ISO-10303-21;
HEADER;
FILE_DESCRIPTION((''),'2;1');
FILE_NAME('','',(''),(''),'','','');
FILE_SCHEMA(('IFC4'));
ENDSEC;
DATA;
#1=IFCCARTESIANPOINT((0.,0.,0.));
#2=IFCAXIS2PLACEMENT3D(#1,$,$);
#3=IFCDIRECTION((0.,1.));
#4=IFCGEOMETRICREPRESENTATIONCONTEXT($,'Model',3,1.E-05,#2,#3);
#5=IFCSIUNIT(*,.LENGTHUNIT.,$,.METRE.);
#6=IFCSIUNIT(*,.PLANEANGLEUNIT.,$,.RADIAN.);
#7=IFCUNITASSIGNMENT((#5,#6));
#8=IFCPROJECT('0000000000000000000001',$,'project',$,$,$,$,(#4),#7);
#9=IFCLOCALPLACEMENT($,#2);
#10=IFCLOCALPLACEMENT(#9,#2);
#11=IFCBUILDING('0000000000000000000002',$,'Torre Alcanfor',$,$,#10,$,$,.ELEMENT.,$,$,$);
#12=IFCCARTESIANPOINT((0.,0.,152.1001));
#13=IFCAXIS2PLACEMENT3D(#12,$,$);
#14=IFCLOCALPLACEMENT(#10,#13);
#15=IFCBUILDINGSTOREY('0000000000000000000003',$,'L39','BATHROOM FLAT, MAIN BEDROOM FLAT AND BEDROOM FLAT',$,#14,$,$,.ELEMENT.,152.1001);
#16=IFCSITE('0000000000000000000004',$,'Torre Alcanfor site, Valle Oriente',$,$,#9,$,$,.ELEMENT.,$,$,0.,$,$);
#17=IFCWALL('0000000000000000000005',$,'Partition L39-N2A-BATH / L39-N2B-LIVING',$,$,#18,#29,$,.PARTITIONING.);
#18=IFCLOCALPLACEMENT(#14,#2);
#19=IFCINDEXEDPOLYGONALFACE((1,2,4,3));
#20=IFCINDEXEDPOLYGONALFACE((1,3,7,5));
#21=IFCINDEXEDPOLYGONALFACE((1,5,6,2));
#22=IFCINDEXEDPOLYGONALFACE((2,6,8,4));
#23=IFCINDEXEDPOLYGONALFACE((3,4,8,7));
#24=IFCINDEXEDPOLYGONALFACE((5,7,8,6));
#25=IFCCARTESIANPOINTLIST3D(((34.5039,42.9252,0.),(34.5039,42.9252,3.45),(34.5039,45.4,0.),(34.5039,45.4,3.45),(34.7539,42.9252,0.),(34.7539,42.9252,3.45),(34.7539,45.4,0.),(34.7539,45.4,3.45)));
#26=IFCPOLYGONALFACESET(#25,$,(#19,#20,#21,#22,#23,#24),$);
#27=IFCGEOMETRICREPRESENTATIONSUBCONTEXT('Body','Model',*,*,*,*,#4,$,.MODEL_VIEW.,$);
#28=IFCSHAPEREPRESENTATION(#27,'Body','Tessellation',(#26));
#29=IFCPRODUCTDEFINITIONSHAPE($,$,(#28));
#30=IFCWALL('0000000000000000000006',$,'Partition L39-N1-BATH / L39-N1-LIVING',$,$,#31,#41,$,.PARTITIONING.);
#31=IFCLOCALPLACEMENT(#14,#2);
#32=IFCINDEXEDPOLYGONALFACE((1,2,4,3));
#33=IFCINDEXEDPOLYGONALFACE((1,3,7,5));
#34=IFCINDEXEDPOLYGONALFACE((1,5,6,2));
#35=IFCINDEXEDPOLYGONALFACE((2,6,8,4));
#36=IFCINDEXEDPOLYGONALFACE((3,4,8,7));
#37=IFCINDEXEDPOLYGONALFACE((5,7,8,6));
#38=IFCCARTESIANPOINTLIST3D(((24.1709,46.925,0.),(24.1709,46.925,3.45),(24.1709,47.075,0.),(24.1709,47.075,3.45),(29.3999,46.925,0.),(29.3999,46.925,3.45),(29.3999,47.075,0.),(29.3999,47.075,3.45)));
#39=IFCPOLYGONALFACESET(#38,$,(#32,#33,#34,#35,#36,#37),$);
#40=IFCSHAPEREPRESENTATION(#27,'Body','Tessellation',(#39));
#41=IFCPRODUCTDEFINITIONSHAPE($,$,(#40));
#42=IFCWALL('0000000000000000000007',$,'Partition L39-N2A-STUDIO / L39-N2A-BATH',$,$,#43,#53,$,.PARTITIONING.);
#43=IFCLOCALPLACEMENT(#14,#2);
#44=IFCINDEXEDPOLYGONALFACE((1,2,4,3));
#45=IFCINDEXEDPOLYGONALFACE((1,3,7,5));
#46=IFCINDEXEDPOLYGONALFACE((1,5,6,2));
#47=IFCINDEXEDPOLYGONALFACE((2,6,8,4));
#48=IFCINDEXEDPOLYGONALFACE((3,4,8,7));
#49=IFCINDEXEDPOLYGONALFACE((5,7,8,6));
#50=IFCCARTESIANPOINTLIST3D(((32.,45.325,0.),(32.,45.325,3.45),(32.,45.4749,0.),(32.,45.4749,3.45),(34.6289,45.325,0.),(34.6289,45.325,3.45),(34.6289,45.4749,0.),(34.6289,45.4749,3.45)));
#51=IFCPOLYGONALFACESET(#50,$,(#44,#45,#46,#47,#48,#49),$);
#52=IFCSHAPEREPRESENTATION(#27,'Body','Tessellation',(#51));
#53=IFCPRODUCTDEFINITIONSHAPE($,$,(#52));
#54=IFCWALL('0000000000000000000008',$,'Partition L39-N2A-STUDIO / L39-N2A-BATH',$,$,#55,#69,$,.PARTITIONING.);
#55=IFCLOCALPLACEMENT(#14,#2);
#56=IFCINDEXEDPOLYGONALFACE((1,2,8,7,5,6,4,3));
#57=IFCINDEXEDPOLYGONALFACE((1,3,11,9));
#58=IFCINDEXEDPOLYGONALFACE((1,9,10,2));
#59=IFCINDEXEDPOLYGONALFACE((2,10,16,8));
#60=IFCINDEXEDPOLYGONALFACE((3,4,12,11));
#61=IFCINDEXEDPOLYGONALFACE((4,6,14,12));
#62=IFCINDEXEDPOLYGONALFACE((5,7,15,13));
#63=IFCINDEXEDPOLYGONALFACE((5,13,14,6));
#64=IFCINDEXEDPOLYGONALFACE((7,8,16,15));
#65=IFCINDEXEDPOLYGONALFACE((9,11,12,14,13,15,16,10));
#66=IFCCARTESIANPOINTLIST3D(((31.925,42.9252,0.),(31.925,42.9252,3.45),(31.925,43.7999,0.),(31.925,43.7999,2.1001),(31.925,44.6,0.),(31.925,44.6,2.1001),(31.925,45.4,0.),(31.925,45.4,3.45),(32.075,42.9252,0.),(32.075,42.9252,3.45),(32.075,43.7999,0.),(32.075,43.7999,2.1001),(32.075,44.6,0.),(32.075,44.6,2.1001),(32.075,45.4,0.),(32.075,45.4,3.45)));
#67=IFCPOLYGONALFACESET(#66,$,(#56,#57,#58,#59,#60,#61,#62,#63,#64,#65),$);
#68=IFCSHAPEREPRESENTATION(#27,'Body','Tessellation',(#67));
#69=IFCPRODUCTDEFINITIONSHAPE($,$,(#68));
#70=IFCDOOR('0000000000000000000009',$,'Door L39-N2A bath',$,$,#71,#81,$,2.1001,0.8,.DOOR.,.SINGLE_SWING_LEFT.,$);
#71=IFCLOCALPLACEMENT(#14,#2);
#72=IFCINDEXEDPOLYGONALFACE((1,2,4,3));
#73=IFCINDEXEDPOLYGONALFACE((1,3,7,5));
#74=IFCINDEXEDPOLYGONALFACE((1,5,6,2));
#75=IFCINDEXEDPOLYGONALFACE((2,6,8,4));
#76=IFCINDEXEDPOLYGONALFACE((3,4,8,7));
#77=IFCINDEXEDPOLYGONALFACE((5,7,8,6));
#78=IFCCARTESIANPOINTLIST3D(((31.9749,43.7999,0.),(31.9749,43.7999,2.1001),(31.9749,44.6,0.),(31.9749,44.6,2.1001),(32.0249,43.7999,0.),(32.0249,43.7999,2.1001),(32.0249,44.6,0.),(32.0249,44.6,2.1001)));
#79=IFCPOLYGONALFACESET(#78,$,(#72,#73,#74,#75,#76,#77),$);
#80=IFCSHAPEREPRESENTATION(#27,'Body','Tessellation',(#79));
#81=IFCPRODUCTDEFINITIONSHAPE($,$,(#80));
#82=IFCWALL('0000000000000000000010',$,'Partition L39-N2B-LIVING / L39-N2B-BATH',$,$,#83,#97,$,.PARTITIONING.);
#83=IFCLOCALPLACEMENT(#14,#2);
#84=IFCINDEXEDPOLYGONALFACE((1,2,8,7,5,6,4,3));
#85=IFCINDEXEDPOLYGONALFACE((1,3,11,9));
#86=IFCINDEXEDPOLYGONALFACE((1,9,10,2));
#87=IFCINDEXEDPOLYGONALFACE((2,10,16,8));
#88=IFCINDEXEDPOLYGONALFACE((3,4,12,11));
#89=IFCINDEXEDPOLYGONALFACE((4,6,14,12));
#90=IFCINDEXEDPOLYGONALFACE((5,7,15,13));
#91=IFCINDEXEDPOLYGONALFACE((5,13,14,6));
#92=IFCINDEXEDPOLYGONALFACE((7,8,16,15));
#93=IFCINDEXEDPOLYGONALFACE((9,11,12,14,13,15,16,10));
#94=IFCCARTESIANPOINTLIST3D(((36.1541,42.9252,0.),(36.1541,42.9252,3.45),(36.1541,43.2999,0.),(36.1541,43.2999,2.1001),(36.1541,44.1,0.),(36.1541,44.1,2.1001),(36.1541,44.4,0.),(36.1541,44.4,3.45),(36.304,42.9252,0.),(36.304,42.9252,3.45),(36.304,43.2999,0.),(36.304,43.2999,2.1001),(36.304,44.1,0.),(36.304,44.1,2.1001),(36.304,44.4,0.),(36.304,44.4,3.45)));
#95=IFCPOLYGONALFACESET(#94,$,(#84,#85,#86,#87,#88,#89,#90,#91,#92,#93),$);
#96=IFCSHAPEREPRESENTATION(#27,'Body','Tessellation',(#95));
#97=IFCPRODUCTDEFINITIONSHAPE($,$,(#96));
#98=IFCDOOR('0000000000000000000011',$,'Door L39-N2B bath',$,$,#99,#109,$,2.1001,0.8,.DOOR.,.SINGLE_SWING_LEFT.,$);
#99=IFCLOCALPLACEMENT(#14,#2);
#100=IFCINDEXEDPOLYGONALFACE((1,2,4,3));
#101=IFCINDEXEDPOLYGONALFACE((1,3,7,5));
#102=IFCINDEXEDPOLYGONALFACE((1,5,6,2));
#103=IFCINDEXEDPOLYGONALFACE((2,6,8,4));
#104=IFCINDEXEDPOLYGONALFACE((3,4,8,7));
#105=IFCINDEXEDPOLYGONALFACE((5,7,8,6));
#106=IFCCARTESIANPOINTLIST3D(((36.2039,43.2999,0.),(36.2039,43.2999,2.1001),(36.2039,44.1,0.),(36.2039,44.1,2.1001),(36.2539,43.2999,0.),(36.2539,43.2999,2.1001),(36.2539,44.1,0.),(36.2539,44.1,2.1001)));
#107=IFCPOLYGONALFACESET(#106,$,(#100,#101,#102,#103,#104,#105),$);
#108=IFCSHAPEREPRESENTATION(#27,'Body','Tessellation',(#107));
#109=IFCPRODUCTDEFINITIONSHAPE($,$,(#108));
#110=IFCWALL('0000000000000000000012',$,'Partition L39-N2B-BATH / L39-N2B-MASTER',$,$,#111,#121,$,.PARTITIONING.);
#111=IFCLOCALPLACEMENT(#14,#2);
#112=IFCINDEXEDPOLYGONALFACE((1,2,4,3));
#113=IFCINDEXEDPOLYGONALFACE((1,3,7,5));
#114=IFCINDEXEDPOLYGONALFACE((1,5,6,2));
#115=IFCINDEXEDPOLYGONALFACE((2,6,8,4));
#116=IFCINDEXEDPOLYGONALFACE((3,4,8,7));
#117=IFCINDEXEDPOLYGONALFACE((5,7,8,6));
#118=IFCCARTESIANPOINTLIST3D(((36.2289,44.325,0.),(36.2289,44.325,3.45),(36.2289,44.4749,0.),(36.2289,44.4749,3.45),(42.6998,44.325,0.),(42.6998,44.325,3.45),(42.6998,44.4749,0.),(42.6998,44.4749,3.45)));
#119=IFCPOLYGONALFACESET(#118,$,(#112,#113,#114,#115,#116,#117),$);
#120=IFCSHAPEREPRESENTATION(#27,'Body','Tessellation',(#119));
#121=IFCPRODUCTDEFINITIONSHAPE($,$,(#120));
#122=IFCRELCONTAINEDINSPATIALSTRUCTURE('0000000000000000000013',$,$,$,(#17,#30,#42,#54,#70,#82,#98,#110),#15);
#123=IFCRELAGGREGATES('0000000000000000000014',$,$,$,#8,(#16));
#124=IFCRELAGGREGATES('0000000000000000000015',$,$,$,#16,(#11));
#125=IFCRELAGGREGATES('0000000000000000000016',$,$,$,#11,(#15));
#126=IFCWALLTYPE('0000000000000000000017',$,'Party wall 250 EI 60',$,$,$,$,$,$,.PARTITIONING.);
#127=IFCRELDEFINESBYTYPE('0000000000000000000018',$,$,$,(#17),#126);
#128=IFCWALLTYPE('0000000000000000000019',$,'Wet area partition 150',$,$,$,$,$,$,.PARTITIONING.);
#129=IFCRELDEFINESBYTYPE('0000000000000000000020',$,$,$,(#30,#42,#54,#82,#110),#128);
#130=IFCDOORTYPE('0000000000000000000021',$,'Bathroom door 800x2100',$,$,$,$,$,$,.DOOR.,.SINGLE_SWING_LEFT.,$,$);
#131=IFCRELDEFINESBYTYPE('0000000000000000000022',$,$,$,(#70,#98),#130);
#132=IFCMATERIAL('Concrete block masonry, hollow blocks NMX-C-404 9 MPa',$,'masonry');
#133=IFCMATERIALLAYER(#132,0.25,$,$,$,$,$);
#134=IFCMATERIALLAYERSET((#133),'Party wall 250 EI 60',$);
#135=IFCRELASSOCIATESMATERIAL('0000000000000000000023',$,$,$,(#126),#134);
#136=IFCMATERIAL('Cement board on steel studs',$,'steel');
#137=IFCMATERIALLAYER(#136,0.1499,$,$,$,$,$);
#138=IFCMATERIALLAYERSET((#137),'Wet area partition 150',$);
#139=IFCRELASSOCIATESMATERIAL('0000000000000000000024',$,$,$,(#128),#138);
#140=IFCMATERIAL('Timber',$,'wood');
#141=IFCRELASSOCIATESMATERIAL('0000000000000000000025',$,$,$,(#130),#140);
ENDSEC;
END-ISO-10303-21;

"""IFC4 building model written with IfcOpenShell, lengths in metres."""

from ifc_helpers import new_model, si_unit, direction, frame, frame_2d, origin, place, context, subcontext, project, spatial, rectangle, extrude, material, layer, layer_set, type_object, element, fill, save


model = new_model("IFC4")

# Units and contexts
model_context = context("Model", 3, precision=1e-05, world=origin(), true_north=direction((0.0, 1.0)))
body_context = subcontext(model_context, "Body", "Model", "MODEL_VIEW")
ifc_project = project(units=[si_unit("LENGTHUNIT", "METRE"), si_unit("PLANEANGLEUNIT", "RADIAN")], contexts=[model_context])

# Site, building, storey
site_placement = place(None, origin())
site = spatial("IfcSite", under=ifc_project, at=site_placement, Name="Torre Alcanfor site, Valle Oriente", CompositionType="ELEMENT", RefElevation=0.0)
building_placement = place(site_placement, origin())
building = spatial("IfcBuilding", under=site, at=building_placement, Name="Torre Alcanfor", CompositionType="ELEMENT")
storey_placement = place(building_placement, frame((0.0, 0.0, 152.1001)))
storey = spatial("IfcBuildingStorey", under=building, at=storey_placement, Name="L39", Description="BATHROOM FLAT, MAIN BEDROOM FLAT AND BEDROOM FLAT", CompositionType="ELEMENT", Elevation=152.1001)

# Walls
ifc_material_1 = material(Name="Concrete block masonry, hollow blocks NMX-C-404 9 MPa", Category="masonry")
ifc_layer_1 = layer(ifc_material_1, 0.25)
ifc_layer_set_1 = layer_set([ifc_layer_1], Name="Party wall 250 EI 60")
wall_type_1 = type_object("IfcWallType", Name="Party wall 250 EI 60", PredefinedType="PARTITIONING", material=ifc_layer_set_1)
wall_1_placement = place(storey_placement, frame((34.6289, 45.3999, 0.0), z_axis=(0.0, 0.0, 1.0), x_axis=(0.0, -1.0, 0.0)))
element("IfcWall", 1, at=wall_1_placement, inside=storey, type_object=wall_type_1, Name="Partition L39-N2A-BATH / L39-N2B-LIVING", PredefinedType="PARTITIONING", context=body_context, shape_type="SweptSolid", body=[
    extrude(rectangle(XDim=2.4749, YDim=0.25, at=frame_2d((1.2373, 0.0))), origin(), (0.0, 0.0, 1.0), 3.45),
])
ifc_material_2 = material(Name="Cement board on steel studs", Category="steel")
ifc_layer_2 = layer(ifc_material_2, 0.1499)
ifc_layer_set_2 = layer_set([ifc_layer_2], Name="Wet area partition 150")
wall_type_2 = type_object("IfcWallType", Name="Wet area partition 150", PredefinedType="PARTITIONING", material=ifc_layer_set_2)
wall_2_placement = place(storey_placement, frame((29.3999, 47.0, 0.0), z_axis=(0.0, 0.0, 1.0), x_axis=(-1.0, 0.0, 0.0)))
element("IfcWall", 2, at=wall_2_placement, inside=storey, type_object=wall_type_2, Name="Partition L39-N1-BATH / L39-N1-LIVING", PredefinedType="PARTITIONING", context=body_context, shape_type="SweptSolid", body=[
    extrude(rectangle(XDim=5.229, YDim=0.1499, at=frame_2d((2.6145, 0.0))), origin(), (0.0, 0.0, 1.0), 3.45),
])
wall_3_placement = place(storey_placement, frame((34.6289, 45.3999, 0.0), z_axis=(0.0, 0.0, 1.0), x_axis=(-1.0, 0.0, 0.0)))
element("IfcWall", 3, at=wall_3_placement, inside=storey, type_object=wall_type_2, Name="Partition L39-N2A-STUDIO / L39-N2A-BATH", PredefinedType="PARTITIONING", context=body_context, shape_type="SweptSolid", body=[
    extrude(rectangle(XDim=2.6289, YDim=0.1499, at=frame_2d((1.3145, 0.0))), origin(), (0.0, 0.0, 1.0), 3.45),
])

# Walls, openings, doors
wall_4_placement = place(storey_placement, frame((32.0, 45.3999, 0.0), z_axis=(0.0, 0.0, 1.0), x_axis=(0.0, -1.0, 0.0)))
wall_4 = element("IfcWall", 4, at=wall_4_placement, inside=storey, type_object=wall_type_2, Name="Partition L39-N2A-STUDIO / L39-N2A-BATH", PredefinedType="PARTITIONING", context=body_context, shape_type="SweptSolid", body=[
    extrude(rectangle(XDim=2.4749, YDim=0.1499, at=frame_2d((1.2373, 0.0))), origin(), (0.0, 0.0, 1.0), 3.45),
])
opening_1_placement = place(wall_4_placement, frame((0.8, 0.0, 0.0)))
opening_1 = element("IfcOpeningElement", 5, at=opening_1_placement, cuts=wall_4, PredefinedType="OPENING", context=body_context, shape_type="SweptSolid", body=[
    extrude(rectangle(XDim=0.8, YDim=2.1001, at=frame_2d((0.3999, 1.05))), frame((0.0, 0.085, 0.0), z_axis=(0.0, -1.0, 0.0), x_axis=(1.0, 0.0, 0.0)), (0.0, 0.0, 1.0), 0.1699),
])
ifc_material_3 = material(Name="Timber", Category="wood")
door_type_1 = type_object("IfcDoorType", Name="Bathroom door 800x2100", OperationType="SINGLE_SWING_LEFT", PredefinedType="DOOR", material=ifc_material_3)
door_1_placement = place(opening_1_placement, origin())
door_1 = element("IfcDoor", 6, at=door_1_placement, inside=storey, type_object=door_type_1, Name="Door L39-N2A bath", OperationType="SINGLE_SWING_LEFT", OverallHeight=2.1001, OverallWidth=0.8, PredefinedType="DOOR", context=body_context, shape_type="SweptSolid", body=[
    extrude(rectangle(XDim=0.8, YDim=2.1001, at=frame_2d((0.3999, 1.05))), frame((0.0, 0.0249, 0.0), z_axis=(0.0, -1.0, 0.0), x_axis=(1.0, 0.0, 0.0)), (0.0, 0.0, 1.0), 0.05),
])
fill(opening_1, door_1)
wall_5_placement = place(storey_placement, frame((36.229, 44.3999, 0.0), z_axis=(0.0, 0.0, 1.0), x_axis=(0.0, -1.0, 0.0)))
wall_5 = element("IfcWall", 7, at=wall_5_placement, inside=storey, type_object=wall_type_2, Name="Partition L39-N2B-LIVING / L39-N2B-BATH", PredefinedType="PARTITIONING", context=body_context, shape_type="SweptSolid", body=[
    extrude(rectangle(XDim=1.4749, YDim=0.1499, at=frame_2d((0.7373, 0.0))), origin(), (0.0, 0.0, 1.0), 3.45),
])
opening_2_placement = place(wall_5_placement, frame((0.3, 0.0, 0.0)))
opening_2 = element("IfcOpeningElement", 8, at=opening_2_placement, cuts=wall_5, PredefinedType="OPENING", context=body_context, shape_type="SweptSolid", body=[
    extrude(rectangle(XDim=0.8, YDim=2.1001, at=frame_2d((0.3999, 1.05))), frame((0.0, 0.085, 0.0), z_axis=(0.0, -1.0, 0.0), x_axis=(1.0, 0.0, 0.0)), (0.0, 0.0, 1.0), 0.1699),
])
door_2_placement = place(opening_2_placement, origin())
door_2 = element("IfcDoor", 9, at=door_2_placement, inside=storey, type_object=door_type_1, Name="Door L39-N2B bath", OperationType="SINGLE_SWING_LEFT", OverallHeight=2.1001, OverallWidth=0.8, PredefinedType="DOOR", context=body_context, shape_type="SweptSolid", body=[
    extrude(rectangle(XDim=0.8, YDim=2.1001, at=frame_2d((0.3999, 1.05))), frame((0.0, 0.0249, 0.0), z_axis=(0.0, -1.0, 0.0), x_axis=(1.0, 0.0, 0.0)), (0.0, 0.0, 1.0), 0.05),
])
fill(opening_2, door_2)

# Wall
wall_6_placement = place(storey_placement, frame((36.229, 44.3999, 0.0), z_axis=(0.0, 0.0, 1.0), x_axis=(1.0, 0.0, 0.0)))
element("IfcWall", 10, at=wall_6_placement, inside=storey, type_object=wall_type_2, Name="Partition L39-N2B-BATH / L39-N2B-MASTER", PredefinedType="PARTITIONING", context=body_context, shape_type="SweptSolid", body=[
    extrude(rectangle(XDim=6.4709, YDim=0.1499, at=frame_2d((3.2354, 0.0))), origin(), (0.0, 0.0, 1.0), 3.45),
])

save(model, "model.ifc")
